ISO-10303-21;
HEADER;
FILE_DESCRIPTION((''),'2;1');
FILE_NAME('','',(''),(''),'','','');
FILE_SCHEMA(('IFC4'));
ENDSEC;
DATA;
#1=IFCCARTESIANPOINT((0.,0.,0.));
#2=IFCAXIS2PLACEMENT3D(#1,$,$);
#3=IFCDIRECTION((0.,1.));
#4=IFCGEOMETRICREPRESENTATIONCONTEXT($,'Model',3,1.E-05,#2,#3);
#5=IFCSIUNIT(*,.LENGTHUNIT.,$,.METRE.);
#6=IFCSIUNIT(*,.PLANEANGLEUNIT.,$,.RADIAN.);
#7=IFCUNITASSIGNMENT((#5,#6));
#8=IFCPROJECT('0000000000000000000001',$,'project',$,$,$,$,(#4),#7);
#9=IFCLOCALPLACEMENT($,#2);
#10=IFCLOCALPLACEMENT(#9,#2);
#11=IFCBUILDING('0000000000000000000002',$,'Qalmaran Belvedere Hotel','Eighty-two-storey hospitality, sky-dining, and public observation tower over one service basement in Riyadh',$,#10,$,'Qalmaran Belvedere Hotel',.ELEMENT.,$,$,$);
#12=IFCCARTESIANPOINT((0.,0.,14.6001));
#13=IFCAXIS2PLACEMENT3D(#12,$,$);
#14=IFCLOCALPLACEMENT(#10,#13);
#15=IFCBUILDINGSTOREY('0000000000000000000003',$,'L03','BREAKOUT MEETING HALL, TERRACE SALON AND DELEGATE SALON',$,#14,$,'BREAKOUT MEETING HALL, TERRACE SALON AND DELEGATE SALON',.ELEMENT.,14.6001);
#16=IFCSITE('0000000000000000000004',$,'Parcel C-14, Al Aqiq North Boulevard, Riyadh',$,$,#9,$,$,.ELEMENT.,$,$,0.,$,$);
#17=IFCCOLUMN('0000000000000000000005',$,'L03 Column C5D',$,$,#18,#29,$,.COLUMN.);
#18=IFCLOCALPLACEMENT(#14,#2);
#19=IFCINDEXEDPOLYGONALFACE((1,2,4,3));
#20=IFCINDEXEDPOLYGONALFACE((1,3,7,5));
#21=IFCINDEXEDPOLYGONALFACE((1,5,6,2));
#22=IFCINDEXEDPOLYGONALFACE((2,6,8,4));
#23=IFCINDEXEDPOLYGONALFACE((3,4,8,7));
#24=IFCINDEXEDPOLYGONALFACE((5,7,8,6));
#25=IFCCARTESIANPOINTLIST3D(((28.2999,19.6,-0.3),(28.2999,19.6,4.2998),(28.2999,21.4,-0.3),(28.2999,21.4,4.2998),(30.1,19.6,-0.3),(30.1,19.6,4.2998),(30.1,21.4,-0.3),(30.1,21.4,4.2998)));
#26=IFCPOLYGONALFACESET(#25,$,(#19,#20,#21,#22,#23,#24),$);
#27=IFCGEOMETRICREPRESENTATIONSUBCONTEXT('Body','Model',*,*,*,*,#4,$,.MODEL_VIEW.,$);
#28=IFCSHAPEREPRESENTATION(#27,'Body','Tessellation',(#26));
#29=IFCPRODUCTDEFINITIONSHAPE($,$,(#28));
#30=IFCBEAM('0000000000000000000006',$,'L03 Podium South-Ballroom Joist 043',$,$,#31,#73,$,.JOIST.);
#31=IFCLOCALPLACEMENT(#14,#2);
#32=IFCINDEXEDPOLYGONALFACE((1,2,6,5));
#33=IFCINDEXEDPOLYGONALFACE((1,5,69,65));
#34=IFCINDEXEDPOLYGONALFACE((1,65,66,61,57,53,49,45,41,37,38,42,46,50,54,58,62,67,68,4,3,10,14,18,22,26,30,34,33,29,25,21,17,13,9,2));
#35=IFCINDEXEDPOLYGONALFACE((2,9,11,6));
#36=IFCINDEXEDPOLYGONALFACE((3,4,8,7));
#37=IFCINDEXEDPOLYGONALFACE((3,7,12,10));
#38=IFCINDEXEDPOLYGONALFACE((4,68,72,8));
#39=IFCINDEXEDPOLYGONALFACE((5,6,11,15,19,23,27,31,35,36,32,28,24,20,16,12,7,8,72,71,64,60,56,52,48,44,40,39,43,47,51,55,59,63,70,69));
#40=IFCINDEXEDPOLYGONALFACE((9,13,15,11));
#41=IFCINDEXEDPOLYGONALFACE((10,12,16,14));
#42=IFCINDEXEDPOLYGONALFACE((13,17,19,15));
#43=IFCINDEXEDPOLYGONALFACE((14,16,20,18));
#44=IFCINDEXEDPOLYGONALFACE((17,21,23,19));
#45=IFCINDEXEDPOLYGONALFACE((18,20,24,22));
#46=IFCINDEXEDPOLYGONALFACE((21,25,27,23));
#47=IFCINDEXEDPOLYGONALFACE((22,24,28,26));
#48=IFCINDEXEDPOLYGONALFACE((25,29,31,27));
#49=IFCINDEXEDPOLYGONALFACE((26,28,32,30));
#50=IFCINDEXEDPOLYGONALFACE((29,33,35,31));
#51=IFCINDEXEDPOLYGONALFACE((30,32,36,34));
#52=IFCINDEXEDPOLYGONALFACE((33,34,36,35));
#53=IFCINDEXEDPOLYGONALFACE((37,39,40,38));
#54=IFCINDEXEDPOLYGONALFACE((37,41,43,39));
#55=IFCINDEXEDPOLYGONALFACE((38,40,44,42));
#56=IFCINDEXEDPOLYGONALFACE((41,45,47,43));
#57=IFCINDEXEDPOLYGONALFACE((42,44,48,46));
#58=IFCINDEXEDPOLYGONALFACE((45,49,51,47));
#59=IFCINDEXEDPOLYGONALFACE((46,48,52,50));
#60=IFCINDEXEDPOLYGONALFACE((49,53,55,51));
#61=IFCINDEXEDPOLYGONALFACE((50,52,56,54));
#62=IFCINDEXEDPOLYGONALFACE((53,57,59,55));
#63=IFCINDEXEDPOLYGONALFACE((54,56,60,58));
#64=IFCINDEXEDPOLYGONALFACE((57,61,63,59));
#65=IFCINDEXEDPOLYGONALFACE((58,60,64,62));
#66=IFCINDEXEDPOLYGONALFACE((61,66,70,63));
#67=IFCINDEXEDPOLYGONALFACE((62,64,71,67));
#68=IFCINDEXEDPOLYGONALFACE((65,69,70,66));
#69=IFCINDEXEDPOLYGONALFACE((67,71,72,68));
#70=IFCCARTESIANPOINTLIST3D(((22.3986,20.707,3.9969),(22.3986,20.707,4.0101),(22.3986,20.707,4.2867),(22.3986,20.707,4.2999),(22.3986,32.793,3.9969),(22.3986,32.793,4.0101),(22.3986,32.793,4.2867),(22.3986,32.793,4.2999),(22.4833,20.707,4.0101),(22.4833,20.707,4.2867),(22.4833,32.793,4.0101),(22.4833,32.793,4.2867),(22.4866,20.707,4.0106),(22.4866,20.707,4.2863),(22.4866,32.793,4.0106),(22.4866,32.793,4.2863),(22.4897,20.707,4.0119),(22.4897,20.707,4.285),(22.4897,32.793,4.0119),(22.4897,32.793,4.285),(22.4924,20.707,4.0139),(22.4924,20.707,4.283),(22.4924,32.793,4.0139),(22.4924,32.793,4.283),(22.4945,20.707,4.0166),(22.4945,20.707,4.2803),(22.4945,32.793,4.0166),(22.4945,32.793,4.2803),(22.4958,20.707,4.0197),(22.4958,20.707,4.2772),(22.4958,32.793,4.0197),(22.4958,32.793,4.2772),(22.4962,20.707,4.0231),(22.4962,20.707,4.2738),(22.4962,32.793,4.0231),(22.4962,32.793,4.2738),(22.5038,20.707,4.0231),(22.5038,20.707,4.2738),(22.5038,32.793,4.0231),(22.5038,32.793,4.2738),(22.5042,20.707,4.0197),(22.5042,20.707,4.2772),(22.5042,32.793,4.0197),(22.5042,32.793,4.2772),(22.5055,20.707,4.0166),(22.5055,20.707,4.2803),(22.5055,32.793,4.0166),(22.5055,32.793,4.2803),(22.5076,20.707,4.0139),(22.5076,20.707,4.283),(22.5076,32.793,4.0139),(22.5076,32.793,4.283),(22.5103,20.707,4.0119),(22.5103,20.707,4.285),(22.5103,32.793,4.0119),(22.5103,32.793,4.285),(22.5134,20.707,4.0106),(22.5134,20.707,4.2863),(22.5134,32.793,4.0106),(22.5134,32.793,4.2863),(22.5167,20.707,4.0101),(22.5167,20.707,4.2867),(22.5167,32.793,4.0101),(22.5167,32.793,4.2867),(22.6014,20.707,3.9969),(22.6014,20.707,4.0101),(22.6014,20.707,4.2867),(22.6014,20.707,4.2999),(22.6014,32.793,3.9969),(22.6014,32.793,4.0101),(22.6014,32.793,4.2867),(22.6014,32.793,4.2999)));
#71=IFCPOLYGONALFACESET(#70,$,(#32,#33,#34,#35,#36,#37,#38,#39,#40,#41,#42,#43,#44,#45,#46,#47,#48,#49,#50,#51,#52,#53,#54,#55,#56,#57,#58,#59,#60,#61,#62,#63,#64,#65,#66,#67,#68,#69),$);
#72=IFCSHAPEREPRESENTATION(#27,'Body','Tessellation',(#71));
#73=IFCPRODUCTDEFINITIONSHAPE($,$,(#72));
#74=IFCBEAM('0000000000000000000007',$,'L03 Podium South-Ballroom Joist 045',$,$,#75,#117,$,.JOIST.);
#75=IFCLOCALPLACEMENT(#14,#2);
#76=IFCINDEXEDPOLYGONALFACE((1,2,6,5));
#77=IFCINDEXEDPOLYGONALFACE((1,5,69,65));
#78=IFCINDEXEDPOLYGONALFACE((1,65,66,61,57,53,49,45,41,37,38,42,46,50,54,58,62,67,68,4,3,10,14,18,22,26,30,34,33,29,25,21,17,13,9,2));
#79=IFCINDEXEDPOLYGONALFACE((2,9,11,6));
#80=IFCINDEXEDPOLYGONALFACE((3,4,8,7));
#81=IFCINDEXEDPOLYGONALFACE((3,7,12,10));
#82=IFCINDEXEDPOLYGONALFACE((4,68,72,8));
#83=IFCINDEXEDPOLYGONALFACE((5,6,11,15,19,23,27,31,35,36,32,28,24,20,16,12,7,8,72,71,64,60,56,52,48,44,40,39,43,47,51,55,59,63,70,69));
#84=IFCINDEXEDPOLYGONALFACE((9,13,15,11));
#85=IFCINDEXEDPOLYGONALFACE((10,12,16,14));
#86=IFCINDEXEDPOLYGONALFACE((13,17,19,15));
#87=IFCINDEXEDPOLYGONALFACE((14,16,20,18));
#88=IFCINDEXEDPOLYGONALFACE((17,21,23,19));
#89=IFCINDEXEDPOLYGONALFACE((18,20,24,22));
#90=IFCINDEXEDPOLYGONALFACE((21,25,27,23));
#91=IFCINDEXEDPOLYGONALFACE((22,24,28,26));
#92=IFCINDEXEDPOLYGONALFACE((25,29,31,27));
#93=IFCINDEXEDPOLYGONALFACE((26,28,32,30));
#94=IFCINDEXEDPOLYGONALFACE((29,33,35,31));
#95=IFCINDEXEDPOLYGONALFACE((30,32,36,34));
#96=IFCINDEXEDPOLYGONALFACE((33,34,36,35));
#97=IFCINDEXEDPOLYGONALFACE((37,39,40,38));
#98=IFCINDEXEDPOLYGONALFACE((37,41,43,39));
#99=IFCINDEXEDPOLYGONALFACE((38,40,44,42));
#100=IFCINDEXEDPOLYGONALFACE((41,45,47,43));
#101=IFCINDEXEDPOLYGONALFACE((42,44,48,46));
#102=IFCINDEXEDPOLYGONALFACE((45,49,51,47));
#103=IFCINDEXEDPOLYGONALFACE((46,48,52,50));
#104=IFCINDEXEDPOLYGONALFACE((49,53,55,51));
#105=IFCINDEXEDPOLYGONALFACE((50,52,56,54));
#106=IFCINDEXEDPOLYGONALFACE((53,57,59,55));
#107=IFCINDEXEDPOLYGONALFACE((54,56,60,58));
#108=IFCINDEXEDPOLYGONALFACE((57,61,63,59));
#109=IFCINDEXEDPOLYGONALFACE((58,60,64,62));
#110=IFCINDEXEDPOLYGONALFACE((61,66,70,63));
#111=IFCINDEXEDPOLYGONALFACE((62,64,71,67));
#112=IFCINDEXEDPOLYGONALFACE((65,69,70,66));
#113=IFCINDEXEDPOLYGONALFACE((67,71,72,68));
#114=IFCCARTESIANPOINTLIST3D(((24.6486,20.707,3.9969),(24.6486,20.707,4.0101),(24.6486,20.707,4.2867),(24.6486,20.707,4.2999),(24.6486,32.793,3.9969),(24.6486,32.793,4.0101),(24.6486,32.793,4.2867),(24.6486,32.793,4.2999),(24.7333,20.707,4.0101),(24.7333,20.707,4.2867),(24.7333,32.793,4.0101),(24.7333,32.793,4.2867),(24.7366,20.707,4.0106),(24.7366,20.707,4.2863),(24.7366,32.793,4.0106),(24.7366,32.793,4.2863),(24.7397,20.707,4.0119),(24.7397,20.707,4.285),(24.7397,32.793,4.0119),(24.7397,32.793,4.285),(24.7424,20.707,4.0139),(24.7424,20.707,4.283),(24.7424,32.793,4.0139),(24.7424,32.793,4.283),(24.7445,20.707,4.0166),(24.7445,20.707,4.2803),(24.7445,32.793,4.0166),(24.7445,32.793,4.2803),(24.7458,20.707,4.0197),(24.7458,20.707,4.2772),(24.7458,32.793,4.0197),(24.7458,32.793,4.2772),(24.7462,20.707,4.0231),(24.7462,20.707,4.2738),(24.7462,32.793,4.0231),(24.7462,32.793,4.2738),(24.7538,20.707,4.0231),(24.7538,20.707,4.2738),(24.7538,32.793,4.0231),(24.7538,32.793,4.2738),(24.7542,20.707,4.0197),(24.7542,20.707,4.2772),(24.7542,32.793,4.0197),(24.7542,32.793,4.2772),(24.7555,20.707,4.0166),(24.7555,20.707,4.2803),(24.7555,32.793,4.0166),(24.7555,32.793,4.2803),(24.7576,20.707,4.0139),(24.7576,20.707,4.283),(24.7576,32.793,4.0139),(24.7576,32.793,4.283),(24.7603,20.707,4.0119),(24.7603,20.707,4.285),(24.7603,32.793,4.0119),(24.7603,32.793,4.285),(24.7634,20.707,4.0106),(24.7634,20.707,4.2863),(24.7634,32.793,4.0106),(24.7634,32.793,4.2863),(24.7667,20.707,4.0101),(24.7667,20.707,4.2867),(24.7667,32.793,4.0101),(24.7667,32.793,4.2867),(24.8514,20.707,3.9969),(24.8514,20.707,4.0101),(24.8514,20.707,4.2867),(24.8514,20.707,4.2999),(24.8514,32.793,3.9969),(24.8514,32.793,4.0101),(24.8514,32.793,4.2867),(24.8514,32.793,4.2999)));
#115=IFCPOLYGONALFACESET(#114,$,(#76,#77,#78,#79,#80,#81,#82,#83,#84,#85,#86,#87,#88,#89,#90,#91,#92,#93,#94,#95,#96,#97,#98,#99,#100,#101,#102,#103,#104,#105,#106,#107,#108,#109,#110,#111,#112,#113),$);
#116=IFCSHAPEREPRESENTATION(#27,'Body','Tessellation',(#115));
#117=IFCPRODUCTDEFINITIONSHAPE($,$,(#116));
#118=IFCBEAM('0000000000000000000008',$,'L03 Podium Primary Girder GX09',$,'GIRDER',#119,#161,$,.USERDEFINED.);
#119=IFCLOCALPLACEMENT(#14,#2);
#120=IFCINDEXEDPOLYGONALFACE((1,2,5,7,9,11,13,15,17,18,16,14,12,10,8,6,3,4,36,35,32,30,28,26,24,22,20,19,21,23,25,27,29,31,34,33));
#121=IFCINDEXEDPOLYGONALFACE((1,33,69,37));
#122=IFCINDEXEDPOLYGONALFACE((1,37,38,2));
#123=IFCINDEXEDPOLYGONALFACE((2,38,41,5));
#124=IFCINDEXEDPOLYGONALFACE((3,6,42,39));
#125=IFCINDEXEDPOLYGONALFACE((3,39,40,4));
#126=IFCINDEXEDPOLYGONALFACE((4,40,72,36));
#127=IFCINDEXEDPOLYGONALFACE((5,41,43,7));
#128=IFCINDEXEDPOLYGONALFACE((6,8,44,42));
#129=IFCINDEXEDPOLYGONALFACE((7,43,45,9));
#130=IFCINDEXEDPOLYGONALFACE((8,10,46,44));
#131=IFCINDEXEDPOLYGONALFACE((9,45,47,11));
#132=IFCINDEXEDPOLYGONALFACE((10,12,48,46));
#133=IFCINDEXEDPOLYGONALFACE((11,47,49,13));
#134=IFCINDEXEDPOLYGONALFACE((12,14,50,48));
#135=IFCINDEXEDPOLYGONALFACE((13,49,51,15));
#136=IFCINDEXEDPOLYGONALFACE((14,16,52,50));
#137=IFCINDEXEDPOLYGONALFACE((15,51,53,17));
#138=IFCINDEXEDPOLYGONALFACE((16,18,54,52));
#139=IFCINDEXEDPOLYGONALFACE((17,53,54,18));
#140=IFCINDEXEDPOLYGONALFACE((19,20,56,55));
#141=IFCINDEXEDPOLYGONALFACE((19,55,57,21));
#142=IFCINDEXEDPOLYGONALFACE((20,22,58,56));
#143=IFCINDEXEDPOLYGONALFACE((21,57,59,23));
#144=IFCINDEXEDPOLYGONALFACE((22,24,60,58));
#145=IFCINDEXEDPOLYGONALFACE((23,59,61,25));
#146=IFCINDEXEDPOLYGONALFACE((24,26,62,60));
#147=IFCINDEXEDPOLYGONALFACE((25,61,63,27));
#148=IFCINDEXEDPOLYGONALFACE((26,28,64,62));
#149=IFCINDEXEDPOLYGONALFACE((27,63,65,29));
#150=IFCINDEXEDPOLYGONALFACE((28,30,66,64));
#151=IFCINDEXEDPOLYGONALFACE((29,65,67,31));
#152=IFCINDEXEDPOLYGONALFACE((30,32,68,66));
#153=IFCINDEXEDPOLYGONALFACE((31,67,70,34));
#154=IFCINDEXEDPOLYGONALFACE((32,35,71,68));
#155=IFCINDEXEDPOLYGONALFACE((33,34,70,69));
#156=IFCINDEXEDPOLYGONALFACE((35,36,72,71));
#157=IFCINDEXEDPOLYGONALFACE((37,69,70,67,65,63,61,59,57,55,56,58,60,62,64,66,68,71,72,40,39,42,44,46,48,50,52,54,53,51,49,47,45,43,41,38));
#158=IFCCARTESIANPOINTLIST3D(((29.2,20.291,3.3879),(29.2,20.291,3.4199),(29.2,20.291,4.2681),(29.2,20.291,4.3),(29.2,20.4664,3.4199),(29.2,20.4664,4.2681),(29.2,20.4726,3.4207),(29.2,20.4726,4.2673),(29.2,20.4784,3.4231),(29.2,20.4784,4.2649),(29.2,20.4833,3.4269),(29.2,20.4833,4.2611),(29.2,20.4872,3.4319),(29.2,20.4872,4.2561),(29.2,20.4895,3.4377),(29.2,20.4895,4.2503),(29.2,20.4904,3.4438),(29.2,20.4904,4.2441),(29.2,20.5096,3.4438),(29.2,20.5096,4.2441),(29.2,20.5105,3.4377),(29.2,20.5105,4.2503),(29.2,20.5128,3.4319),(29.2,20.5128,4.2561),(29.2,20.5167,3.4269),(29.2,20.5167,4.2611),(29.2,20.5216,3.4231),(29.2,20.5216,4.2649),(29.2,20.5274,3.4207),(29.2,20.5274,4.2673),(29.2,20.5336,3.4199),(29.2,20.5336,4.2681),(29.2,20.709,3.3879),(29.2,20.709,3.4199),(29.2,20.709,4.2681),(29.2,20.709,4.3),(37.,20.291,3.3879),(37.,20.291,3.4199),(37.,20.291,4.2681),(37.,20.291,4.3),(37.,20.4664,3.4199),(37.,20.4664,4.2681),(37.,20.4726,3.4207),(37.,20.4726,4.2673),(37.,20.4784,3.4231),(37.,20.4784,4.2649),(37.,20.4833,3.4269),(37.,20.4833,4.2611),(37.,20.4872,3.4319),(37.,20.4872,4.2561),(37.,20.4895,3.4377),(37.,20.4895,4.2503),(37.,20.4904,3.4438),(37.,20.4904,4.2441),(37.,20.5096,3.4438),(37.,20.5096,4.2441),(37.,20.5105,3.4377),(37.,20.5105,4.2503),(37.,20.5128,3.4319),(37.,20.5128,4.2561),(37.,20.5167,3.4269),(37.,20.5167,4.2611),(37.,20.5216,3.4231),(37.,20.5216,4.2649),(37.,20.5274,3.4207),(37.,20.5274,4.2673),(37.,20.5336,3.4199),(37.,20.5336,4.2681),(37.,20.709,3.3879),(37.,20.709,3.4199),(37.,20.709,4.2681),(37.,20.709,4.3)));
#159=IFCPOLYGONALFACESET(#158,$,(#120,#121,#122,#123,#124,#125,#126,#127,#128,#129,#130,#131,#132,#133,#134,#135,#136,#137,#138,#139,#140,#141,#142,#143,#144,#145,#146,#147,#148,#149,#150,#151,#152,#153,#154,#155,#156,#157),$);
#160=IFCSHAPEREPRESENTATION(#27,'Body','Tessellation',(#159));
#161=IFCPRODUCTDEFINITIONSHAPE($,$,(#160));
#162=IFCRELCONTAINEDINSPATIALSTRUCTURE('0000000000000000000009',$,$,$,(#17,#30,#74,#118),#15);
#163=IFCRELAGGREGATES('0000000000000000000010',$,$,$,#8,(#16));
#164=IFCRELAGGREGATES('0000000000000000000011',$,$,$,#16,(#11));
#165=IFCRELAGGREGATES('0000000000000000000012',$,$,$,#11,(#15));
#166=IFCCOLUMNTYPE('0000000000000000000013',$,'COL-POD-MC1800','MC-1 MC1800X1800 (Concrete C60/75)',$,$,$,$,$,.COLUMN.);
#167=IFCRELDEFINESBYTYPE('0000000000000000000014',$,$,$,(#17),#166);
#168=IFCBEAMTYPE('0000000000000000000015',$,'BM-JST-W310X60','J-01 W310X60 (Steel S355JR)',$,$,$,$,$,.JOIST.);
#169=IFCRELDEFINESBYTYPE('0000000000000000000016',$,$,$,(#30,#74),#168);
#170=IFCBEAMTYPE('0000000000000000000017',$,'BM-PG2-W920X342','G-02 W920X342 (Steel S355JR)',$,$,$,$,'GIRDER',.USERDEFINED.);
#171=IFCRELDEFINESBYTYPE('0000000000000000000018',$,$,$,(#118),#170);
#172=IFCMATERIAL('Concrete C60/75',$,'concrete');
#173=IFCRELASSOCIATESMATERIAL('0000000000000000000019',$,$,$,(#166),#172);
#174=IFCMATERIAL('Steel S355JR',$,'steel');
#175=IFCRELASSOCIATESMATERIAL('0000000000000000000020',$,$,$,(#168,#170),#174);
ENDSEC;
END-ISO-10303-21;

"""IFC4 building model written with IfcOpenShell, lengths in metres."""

from ifc_helpers import new_model, si_unit, direction, frame, origin, origin_2d, place, context, subcontext, project, spatial, rectangle, i_section, extrude, material, material_profile, profile_set, type_object, element, save


model = new_model("IFC4")

# Units and contexts
model_context = context("Model", 3, precision=1e-05, world=origin(), true_north=direction((0.0, 1.0)))
body_context = subcontext(model_context, "Body", "Model", "MODEL_VIEW")
ifc_project = project(units=[si_unit("LENGTHUNIT", "METRE"), si_unit("PLANEANGLEUNIT", "RADIAN")], contexts=[model_context])

# Site, building, storey
site_placement = place(None, origin())
site = spatial("IfcSite", under=ifc_project, at=site_placement, Name="Parcel C-14, Al Aqiq North Boulevard, Riyadh", CompositionType="ELEMENT", RefElevation=0.0)
building_placement = place(site_placement, origin())
building = spatial("IfcBuilding", under=site, at=building_placement, Name="Qalmaran Belvedere Hotel", Description="Eighty-two-storey hospitality, sky-dining, and public observation tower over one service basement in Riyadh", LongName="Qalmaran Belvedere Hotel", CompositionType="ELEMENT")
storey_placement = place(building_placement, frame((0.0, 0.0, 14.6001)))
storey = spatial("IfcBuildingStorey", under=building, at=storey_placement, Name="L03", Description="BREAKOUT MEETING HALL, TERRACE SALON AND DELEGATE SALON", LongName="BREAKOUT MEETING HALL, TERRACE SALON AND DELEGATE SALON", CompositionType="ELEMENT", Elevation=14.6001)

# Column
ifc_material_1 = material(Name="Concrete C60/75", Category="concrete")
ifc_material_profile_1 = material_profile(ifc_material_1, rectangle(XDim=1.8, YDim=1.8, at=origin_2d()), Name="MC1800X1800")
ifc_profile_set_1 = profile_set([ifc_material_profile_1], Name="Concrete C60/75")
column_type = type_object("IfcColumnType", Name="COL-POD-MC1800", Description="MC-1 MC1800X1800 (Concrete C60/75)", PredefinedType="COLUMN", material=ifc_profile_set_1)
column_placement = place(storey_placement, frame((29.2, 20.5, -0.3), z_axis=(0.0, 0.0, 1.0), x_axis=(1.0, 0.0, 0.0)))
element("IfcColumn", 1, at=column_placement, inside=storey, type_object=column_type, Name="L03 Column C5D", PredefinedType="COLUMN", context=body_context, shape_type="SweptSolid", body=[
    extrude(rectangle(XDim=1.8, YDim=1.8, at=origin_2d()), origin(), (0.0, 0.0, 1.0), 4.5999),
])

# Beams
ifc_material_2 = material(Name="Steel S355JR", Category="steel")
ifc_material_profile_2 = material_profile(ifc_material_2, i_section(OverallWidth=0.2029, OverallDepth=0.303, WebThickness=0.0076, FlangeThickness=0.0132, FilletRadius=0.0129, at=origin_2d()), Name="W310X60")
ifc_profile_set_2 = profile_set([ifc_material_profile_2], Name="Steel S355JR")
beam_type_1 = type_object("IfcBeamType", Name="BM-JST-W310X60", Description="J-01 W310X60 (Steel S355JR)", PredefinedType="JOIST", material=ifc_profile_set_2)
for number, where, z_axis, x_axis, name in (
    (2, (22.5, 20.707, 4.1484), (0.0, 1.0, 0.0), (-1.0, 0.0, 0.0), "L03 Podium South-Ballroom Joist 043"),
    (3, (24.75, 20.707, 4.1484), (0.0, 1.0, 0.0), (-1.0, 0.0, 0.0), "L03 Podium South-Ballroom Joist 045"),
):
    element("IfcBeam", number, at=place(storey_placement, frame(where, z_axis=z_axis, x_axis=x_axis)), inside=storey, type_object=beam_type_1, Name=name, PredefinedType="JOIST", context=body_context, shape_type="SweptSolid", body=[
        extrude(i_section(OverallWidth=0.2029, OverallDepth=0.303, WebThickness=0.0076, FlangeThickness=0.0132, FilletRadius=0.0129, at=origin_2d()), origin(), (0.0, 0.0, 1.0), 12.0859),
    ])
ifc_material_profile_3 = material_profile(ifc_material_2, i_section(OverallWidth=0.418, OverallDepth=0.9121, WebThickness=0.0193, FlangeThickness=0.032, FilletRadius=0.0239, at=origin_2d()), Name="W920X342")
ifc_profile_set_3 = profile_set([ifc_material_profile_3], Name="Steel S355JR")
beam_type_2 = type_object("IfcBeamType", Name="BM-PG2-W920X342", Description="G-02 W920X342 (Steel S355JR)", ElementType="GIRDER", PredefinedType="USERDEFINED", material=ifc_profile_set_3)
beam_1_placement = place(storey_placement, frame((29.2, 20.5, 3.844), z_axis=(1.0, 0.0, 0.0), x_axis=(0.0, 1.0, 0.0)))
element("IfcBeam", 4, at=beam_1_placement, inside=storey, type_object=beam_type_2, Name="L03 Podium Primary Girder GX09", ObjectType="GIRDER", PredefinedType="USERDEFINED", context=body_context, shape_type="SweptSolid", body=[
    extrude(i_section(OverallWidth=0.418, OverallDepth=0.9121, WebThickness=0.0193, FlangeThickness=0.032, FilletRadius=0.0239, at=origin_2d()), origin(), (0.0, 0.0, 1.0), 7.8),
])

save(model, "model.ifc")
